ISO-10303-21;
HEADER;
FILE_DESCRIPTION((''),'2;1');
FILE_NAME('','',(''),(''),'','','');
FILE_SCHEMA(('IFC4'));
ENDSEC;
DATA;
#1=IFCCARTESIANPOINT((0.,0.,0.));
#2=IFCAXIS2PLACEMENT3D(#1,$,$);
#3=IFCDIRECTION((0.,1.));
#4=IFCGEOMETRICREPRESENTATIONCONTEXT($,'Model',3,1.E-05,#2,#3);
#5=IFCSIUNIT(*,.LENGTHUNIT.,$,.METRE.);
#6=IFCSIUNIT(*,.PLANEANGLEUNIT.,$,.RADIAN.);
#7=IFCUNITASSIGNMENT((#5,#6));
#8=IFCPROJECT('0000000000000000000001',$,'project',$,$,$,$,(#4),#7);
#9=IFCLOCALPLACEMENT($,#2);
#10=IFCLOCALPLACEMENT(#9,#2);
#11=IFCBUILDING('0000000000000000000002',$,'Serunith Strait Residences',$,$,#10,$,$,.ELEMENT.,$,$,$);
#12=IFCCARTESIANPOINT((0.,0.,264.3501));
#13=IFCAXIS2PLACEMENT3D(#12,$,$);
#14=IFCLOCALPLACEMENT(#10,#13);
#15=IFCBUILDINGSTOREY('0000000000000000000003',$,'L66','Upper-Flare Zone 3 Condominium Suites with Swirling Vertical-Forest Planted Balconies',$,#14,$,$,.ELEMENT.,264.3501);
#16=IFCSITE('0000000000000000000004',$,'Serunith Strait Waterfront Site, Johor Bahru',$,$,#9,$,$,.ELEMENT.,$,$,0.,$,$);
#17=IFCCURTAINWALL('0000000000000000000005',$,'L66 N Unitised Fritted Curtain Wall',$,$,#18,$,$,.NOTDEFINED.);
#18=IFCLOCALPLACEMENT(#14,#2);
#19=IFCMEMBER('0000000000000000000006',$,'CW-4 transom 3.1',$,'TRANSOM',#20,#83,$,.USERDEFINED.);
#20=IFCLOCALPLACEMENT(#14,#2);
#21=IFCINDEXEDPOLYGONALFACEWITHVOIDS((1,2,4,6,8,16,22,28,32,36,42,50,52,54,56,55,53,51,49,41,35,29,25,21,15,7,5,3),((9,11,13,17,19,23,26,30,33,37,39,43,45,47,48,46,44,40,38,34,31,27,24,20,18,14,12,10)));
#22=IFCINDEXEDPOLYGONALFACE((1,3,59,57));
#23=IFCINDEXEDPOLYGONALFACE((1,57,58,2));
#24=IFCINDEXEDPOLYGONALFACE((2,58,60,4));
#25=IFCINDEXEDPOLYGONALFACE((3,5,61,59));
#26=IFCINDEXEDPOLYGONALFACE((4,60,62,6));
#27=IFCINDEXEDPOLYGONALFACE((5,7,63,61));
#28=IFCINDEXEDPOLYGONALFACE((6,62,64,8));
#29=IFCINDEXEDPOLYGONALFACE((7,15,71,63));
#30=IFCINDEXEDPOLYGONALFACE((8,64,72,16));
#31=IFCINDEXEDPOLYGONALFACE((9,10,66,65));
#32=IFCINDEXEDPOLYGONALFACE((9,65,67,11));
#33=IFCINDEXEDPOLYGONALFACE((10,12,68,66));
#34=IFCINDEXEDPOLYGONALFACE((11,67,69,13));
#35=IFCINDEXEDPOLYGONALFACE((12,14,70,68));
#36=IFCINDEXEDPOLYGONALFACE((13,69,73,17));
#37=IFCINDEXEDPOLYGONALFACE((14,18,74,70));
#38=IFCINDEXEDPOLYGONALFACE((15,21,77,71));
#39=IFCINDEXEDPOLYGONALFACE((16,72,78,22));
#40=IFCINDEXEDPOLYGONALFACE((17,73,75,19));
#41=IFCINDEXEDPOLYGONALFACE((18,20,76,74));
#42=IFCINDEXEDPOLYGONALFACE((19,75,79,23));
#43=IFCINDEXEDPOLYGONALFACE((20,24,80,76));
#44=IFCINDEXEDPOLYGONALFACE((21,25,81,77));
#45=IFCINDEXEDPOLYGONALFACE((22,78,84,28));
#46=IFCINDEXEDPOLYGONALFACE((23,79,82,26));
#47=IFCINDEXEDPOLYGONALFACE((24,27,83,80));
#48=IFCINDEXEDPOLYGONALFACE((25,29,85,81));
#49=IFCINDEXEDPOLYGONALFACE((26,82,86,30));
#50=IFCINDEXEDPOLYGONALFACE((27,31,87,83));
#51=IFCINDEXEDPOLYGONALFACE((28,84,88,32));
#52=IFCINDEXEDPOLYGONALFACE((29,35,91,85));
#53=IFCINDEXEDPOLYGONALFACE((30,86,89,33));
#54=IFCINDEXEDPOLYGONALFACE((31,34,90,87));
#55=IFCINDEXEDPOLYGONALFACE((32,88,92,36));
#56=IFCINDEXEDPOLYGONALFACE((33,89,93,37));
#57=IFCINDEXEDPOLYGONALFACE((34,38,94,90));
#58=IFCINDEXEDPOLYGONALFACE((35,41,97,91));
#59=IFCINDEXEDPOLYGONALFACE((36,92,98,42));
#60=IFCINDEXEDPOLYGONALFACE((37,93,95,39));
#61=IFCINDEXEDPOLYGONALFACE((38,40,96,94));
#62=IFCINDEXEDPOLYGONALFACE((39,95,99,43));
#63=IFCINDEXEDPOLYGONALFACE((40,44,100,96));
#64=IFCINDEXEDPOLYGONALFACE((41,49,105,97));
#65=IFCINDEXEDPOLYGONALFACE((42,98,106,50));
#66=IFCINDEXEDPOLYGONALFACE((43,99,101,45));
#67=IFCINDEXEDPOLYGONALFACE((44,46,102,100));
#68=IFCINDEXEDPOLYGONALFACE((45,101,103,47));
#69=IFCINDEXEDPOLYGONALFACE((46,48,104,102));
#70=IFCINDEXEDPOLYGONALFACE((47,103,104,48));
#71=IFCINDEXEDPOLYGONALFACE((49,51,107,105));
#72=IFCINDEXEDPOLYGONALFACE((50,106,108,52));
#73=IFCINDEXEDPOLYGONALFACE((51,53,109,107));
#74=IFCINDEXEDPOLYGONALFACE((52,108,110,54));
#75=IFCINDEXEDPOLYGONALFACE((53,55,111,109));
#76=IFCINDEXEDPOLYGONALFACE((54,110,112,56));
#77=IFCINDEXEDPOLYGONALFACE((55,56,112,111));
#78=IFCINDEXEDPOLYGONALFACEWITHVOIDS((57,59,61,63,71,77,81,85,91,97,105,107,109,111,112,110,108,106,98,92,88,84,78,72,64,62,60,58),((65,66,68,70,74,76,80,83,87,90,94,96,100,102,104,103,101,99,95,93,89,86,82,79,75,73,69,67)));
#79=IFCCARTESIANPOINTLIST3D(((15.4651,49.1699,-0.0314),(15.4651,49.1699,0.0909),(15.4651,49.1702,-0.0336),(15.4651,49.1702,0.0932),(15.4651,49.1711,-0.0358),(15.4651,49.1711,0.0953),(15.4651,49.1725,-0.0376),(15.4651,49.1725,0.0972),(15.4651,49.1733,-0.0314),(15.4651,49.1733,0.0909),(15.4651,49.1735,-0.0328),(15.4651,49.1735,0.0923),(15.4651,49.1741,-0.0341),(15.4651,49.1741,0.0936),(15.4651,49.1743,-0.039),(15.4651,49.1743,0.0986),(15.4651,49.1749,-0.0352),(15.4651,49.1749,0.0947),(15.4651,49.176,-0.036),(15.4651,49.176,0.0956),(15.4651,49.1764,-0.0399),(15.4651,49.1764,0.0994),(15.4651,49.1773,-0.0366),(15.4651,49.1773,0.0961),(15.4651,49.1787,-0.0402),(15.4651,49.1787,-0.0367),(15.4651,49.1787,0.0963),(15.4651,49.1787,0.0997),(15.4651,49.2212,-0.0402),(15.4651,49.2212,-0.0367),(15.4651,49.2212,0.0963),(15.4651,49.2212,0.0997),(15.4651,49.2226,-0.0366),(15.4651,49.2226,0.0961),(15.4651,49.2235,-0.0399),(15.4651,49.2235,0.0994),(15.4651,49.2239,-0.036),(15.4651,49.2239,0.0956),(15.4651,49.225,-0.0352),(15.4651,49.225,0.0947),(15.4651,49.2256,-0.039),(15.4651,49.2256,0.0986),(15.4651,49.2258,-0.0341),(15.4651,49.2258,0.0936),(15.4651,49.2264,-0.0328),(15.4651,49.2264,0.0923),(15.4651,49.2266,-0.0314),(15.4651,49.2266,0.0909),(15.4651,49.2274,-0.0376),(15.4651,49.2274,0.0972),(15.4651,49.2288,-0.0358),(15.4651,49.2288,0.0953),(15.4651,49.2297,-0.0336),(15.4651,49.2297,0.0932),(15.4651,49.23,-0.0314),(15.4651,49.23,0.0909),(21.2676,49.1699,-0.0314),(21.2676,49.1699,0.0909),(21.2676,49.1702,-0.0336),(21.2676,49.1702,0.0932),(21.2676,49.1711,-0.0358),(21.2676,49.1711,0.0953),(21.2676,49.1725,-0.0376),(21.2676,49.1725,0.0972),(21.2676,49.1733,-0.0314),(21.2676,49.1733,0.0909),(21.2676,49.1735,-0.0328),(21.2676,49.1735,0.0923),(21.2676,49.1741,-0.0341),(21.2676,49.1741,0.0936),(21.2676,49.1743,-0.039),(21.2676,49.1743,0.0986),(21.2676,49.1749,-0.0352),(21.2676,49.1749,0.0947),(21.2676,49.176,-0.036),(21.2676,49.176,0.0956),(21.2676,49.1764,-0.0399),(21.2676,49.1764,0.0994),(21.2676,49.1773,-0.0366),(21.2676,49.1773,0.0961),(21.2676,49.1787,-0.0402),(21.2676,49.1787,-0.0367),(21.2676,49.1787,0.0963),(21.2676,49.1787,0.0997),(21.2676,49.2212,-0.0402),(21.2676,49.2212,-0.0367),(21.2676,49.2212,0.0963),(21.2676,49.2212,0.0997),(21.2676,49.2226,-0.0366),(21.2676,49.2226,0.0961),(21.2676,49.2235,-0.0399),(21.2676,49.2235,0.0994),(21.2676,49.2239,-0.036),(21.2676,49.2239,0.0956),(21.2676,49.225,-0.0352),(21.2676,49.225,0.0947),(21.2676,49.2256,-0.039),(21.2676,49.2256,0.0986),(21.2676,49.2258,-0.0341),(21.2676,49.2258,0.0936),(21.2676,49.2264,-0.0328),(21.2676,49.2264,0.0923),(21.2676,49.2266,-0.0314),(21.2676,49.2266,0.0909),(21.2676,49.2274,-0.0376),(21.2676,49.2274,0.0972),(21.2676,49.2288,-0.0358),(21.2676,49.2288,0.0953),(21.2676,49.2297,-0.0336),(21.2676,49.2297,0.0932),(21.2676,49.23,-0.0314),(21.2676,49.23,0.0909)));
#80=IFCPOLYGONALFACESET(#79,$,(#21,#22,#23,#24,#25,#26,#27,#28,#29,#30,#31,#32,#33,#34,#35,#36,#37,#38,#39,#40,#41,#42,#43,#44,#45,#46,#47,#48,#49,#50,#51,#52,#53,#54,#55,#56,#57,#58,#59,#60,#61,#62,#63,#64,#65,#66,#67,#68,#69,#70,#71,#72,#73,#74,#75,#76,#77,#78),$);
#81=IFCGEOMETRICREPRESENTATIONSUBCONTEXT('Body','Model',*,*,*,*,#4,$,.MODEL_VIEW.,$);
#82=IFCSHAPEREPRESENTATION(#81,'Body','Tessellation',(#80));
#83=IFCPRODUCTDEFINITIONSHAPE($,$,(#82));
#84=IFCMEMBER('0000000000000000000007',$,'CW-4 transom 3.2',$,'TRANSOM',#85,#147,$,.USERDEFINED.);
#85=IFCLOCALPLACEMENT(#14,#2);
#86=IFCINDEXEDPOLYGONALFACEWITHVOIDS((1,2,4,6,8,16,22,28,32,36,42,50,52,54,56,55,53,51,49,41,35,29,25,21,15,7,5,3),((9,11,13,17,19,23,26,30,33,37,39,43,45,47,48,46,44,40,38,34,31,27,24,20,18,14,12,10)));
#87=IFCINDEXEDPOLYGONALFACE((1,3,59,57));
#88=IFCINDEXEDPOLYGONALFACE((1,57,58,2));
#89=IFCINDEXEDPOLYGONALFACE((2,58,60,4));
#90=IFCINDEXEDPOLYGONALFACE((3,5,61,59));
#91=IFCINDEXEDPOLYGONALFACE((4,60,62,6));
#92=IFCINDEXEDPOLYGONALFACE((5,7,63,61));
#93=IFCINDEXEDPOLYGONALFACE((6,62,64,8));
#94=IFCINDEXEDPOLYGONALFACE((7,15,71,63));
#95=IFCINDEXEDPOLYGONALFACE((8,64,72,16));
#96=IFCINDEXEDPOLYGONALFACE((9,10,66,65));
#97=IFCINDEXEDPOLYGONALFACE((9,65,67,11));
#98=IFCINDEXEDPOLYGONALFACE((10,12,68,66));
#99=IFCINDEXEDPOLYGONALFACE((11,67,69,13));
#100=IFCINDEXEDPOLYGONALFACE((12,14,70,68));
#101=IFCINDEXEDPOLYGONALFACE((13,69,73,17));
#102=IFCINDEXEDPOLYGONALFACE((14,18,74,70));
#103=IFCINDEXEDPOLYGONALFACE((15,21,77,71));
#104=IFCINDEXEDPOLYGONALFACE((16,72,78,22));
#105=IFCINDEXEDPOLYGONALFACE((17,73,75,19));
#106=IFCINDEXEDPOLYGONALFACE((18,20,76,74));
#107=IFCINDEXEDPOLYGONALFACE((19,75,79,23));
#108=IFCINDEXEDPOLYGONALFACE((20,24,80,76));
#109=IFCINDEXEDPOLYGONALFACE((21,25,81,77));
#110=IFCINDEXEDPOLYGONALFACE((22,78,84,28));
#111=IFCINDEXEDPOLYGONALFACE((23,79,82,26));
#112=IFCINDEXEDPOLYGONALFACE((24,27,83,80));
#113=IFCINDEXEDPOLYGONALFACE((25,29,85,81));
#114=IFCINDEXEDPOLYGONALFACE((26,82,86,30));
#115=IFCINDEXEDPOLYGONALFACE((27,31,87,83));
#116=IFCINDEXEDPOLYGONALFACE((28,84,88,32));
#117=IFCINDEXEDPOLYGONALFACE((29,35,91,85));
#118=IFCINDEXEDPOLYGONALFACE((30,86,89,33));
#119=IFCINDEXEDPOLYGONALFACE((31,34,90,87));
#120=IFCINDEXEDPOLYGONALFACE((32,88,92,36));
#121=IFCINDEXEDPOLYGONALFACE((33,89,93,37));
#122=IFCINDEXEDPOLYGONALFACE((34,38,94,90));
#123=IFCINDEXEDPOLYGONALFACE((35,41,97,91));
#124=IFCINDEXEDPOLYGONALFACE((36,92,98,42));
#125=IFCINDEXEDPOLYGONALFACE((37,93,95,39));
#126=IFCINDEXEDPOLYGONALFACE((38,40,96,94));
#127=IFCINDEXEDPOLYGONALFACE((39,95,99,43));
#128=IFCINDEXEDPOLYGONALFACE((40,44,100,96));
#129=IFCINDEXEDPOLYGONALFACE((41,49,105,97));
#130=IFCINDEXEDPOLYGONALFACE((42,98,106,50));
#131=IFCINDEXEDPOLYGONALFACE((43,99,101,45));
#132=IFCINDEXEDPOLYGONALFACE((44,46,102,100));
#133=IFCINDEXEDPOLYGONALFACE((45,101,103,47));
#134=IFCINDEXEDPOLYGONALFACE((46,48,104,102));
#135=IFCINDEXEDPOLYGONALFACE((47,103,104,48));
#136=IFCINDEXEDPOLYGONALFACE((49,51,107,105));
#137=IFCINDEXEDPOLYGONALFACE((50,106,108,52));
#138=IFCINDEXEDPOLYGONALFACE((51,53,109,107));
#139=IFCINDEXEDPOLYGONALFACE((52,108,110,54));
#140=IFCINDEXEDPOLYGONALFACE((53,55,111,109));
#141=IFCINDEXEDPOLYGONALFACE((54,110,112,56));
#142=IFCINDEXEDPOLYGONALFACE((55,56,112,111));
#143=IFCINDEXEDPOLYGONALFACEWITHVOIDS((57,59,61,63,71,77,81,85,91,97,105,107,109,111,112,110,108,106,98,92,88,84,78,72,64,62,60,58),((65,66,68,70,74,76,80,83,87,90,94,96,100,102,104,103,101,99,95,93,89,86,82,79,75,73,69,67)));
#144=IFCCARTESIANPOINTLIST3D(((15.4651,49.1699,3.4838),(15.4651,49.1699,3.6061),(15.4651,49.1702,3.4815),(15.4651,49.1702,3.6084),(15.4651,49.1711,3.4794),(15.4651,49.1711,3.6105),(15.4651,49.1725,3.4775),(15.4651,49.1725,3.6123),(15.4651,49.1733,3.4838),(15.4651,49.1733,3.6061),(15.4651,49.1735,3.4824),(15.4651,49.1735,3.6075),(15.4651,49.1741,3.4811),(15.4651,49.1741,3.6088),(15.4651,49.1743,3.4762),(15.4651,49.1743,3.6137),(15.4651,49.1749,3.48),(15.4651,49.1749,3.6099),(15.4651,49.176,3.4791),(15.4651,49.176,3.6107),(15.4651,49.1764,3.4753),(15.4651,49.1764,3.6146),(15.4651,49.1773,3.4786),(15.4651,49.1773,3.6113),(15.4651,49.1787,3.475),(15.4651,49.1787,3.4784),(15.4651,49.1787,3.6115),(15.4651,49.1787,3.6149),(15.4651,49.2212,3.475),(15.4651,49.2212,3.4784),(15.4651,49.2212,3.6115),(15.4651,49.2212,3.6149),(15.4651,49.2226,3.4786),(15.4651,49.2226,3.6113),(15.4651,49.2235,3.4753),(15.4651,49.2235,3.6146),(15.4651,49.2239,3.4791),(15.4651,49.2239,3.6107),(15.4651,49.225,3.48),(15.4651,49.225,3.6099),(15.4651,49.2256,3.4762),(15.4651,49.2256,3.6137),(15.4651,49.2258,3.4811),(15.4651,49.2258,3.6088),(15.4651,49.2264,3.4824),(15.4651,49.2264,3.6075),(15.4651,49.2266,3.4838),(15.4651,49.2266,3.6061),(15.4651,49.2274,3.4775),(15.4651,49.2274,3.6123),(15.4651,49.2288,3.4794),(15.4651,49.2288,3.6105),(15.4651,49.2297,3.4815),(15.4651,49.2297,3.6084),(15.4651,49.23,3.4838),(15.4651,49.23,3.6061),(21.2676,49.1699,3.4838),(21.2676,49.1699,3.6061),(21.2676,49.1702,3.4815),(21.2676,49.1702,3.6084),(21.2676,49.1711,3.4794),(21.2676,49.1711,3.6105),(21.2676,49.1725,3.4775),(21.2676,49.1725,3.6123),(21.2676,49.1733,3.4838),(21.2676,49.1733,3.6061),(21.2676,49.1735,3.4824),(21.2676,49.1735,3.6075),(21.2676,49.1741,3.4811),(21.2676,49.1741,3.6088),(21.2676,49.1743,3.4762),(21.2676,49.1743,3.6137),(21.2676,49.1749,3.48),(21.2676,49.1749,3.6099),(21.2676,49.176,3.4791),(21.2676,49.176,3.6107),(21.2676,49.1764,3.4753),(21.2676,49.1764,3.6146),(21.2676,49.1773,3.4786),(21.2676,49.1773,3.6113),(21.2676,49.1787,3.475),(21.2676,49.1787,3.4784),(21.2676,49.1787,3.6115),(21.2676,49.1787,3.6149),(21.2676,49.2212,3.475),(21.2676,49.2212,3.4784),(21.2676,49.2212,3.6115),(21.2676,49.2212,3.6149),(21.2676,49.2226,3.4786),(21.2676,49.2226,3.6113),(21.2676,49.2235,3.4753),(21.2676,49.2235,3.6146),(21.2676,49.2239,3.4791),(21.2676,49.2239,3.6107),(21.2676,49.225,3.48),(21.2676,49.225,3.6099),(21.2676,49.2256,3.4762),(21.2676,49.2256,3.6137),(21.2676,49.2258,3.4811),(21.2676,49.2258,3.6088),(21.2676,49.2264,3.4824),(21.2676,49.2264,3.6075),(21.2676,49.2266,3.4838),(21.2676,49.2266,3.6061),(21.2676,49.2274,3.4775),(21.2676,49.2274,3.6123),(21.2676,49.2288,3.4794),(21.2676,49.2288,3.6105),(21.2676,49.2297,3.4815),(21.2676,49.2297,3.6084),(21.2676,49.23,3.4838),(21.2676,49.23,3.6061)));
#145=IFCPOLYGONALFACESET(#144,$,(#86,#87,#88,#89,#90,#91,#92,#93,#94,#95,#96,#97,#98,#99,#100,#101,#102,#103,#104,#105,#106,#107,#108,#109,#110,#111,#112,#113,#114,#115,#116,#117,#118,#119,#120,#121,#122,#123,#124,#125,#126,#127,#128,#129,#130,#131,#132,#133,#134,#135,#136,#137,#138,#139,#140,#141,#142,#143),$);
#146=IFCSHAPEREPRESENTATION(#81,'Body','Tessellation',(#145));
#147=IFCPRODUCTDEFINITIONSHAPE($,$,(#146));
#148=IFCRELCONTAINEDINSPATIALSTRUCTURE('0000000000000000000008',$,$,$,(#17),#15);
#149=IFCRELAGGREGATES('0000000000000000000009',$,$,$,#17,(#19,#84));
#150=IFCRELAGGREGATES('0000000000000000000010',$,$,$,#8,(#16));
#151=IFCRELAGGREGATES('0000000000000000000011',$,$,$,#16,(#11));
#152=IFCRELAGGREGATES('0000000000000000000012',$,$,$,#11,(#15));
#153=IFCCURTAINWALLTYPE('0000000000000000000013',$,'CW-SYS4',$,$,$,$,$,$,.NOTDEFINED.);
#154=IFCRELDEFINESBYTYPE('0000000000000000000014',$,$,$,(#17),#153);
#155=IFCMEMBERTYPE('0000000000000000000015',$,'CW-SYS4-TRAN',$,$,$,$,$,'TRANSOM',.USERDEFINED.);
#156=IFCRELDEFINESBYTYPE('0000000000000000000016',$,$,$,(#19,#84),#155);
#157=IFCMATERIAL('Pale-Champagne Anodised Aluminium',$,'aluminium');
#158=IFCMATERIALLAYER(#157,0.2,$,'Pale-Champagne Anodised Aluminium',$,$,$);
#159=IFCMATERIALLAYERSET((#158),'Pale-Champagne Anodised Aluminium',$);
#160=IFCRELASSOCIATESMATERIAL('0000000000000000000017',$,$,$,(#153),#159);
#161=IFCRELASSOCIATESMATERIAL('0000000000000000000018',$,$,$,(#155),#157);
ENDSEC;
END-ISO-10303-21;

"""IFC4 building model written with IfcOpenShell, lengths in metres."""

from ifc_helpers import new_model, si_unit, direction, frame, origin, origin_2d, place, context, subcontext, project, spatial, hollow_rectangle, extrude, source, transform, mapped, material, layer, layer_set, material_profile, profile_set, type_object, element, aggregate, save


model = new_model("IFC4")

# Units and contexts
model_context = context("Model", 3, precision=1e-05, world=origin(), true_north=direction((0.0, 1.0)))
body_context = subcontext(model_context, "Body", "Model", "MODEL_VIEW")
ifc_project = project(units=[si_unit("LENGTHUNIT", "METRE"), si_unit("PLANEANGLEUNIT", "RADIAN")], contexts=[model_context])

# Site, building, storey
site_placement = place(None, origin())
site = spatial("IfcSite", under=ifc_project, at=site_placement, Name="Serunith Strait Waterfront Site, Johor Bahru", CompositionType="ELEMENT", RefElevation=0.0)
building_placement = place(site_placement, origin())
building = spatial("IfcBuilding", under=site, at=building_placement, Name="Serunith Strait Residences", CompositionType="ELEMENT")
storey_placement = place(building_placement, frame((0.0, 0.0, 264.3501)))
storey = spatial("IfcBuildingStorey", under=building, at=storey_placement, Name="L66", Description="Upper-Flare Zone 3 Condominium Suites with Swirling Vertical-Forest Planted Balconies", CompositionType="ELEMENT", Elevation=264.3501)

# Curtain wall, members
ifc_material_1 = material(Name="Pale-Champagne Anodised Aluminium", Category="aluminium")
ifc_layer_1 = layer(ifc_material_1, 0.2, Name="Pale-Champagne Anodised Aluminium")
ifc_layer_set_1 = layer_set([ifc_layer_1], Name="Pale-Champagne Anodised Aluminium")
curtain_wall_type = type_object("IfcCurtainWallType", Name="CW-SYS4", PredefinedType="NOTDEFINED", material=ifc_layer_set_1)
curtain_wall_placement = place(storey_placement, origin())
curtain_wall = element("IfcCurtainWall", 1, at=curtain_wall_placement, inside=storey, type_object=curtain_wall_type, Name="L66 N Unitised Fritted Curtain Wall", PredefinedType="NOTDEFINED")
ifc_material_profile_1 = material_profile(ifc_material_1, hollow_rectangle(XDim=0.0601, YDim=0.1399, WallThickness=0.0034, InnerFilletRadius=0.0054, OuterFilletRadius=0.0088, at=origin_2d()), Name="ALU 140x60x3.5")
ifc_profile_set_1 = profile_set([ifc_material_profile_1], Name="Pale-Champagne Anodised Aluminium")
member_type_1 = type_object("IfcMemberType", Name="CW-SYS4-TRAN", ElementType="TRANSOM", PredefinedType="USERDEFINED", material=ifc_profile_set_1)
shared_shape_1 = source(origin(), body_context, "Body", "SweptSolid", [
    extrude(hollow_rectangle(XDim=0.0601, YDim=0.1399, WallThickness=0.0034, InnerFilletRadius=0.0054, OuterFilletRadius=0.0088, at=origin_2d()), origin(), (0.0, 0.0, 1.0), 5.8025),
])
member_1_placement = place(storey_placement, frame((21.2676, 49.2, 0.0298), z_axis=(-1.0, 0.0, 0.0), x_axis=(0.0, -1.0, 0.0)))
member_1 = element("IfcMember", 2, at=member_1_placement, type_object=member_type_1, Name="CW-4 transom 3.1", ObjectType="TRANSOM", PredefinedType="USERDEFINED", context=body_context, shape_type="MappedRepresentation", body=[
    mapped(shared_shape_1, transform((0.0, 0.0, 0.0), scale=1.0)),
])
member_2_placement = place(storey_placement, frame((21.2676, 49.2, 3.5449), z_axis=(-1.0, 0.0, 0.0), x_axis=(0.0, -1.0, 0.0)))
member_2 = element("IfcMember", 3, at=member_2_placement, type_object=member_type_1, Name="CW-4 transom 3.2", ObjectType="TRANSOM", PredefinedType="USERDEFINED", context=body_context, shape_type="MappedRepresentation", body=[
    mapped(shared_shape_1, transform((0.0, 0.0, 0.0), scale=1.0)),
])
aggregate(curtain_wall, [member_1, member_2])

save(model, "model.ifc")
